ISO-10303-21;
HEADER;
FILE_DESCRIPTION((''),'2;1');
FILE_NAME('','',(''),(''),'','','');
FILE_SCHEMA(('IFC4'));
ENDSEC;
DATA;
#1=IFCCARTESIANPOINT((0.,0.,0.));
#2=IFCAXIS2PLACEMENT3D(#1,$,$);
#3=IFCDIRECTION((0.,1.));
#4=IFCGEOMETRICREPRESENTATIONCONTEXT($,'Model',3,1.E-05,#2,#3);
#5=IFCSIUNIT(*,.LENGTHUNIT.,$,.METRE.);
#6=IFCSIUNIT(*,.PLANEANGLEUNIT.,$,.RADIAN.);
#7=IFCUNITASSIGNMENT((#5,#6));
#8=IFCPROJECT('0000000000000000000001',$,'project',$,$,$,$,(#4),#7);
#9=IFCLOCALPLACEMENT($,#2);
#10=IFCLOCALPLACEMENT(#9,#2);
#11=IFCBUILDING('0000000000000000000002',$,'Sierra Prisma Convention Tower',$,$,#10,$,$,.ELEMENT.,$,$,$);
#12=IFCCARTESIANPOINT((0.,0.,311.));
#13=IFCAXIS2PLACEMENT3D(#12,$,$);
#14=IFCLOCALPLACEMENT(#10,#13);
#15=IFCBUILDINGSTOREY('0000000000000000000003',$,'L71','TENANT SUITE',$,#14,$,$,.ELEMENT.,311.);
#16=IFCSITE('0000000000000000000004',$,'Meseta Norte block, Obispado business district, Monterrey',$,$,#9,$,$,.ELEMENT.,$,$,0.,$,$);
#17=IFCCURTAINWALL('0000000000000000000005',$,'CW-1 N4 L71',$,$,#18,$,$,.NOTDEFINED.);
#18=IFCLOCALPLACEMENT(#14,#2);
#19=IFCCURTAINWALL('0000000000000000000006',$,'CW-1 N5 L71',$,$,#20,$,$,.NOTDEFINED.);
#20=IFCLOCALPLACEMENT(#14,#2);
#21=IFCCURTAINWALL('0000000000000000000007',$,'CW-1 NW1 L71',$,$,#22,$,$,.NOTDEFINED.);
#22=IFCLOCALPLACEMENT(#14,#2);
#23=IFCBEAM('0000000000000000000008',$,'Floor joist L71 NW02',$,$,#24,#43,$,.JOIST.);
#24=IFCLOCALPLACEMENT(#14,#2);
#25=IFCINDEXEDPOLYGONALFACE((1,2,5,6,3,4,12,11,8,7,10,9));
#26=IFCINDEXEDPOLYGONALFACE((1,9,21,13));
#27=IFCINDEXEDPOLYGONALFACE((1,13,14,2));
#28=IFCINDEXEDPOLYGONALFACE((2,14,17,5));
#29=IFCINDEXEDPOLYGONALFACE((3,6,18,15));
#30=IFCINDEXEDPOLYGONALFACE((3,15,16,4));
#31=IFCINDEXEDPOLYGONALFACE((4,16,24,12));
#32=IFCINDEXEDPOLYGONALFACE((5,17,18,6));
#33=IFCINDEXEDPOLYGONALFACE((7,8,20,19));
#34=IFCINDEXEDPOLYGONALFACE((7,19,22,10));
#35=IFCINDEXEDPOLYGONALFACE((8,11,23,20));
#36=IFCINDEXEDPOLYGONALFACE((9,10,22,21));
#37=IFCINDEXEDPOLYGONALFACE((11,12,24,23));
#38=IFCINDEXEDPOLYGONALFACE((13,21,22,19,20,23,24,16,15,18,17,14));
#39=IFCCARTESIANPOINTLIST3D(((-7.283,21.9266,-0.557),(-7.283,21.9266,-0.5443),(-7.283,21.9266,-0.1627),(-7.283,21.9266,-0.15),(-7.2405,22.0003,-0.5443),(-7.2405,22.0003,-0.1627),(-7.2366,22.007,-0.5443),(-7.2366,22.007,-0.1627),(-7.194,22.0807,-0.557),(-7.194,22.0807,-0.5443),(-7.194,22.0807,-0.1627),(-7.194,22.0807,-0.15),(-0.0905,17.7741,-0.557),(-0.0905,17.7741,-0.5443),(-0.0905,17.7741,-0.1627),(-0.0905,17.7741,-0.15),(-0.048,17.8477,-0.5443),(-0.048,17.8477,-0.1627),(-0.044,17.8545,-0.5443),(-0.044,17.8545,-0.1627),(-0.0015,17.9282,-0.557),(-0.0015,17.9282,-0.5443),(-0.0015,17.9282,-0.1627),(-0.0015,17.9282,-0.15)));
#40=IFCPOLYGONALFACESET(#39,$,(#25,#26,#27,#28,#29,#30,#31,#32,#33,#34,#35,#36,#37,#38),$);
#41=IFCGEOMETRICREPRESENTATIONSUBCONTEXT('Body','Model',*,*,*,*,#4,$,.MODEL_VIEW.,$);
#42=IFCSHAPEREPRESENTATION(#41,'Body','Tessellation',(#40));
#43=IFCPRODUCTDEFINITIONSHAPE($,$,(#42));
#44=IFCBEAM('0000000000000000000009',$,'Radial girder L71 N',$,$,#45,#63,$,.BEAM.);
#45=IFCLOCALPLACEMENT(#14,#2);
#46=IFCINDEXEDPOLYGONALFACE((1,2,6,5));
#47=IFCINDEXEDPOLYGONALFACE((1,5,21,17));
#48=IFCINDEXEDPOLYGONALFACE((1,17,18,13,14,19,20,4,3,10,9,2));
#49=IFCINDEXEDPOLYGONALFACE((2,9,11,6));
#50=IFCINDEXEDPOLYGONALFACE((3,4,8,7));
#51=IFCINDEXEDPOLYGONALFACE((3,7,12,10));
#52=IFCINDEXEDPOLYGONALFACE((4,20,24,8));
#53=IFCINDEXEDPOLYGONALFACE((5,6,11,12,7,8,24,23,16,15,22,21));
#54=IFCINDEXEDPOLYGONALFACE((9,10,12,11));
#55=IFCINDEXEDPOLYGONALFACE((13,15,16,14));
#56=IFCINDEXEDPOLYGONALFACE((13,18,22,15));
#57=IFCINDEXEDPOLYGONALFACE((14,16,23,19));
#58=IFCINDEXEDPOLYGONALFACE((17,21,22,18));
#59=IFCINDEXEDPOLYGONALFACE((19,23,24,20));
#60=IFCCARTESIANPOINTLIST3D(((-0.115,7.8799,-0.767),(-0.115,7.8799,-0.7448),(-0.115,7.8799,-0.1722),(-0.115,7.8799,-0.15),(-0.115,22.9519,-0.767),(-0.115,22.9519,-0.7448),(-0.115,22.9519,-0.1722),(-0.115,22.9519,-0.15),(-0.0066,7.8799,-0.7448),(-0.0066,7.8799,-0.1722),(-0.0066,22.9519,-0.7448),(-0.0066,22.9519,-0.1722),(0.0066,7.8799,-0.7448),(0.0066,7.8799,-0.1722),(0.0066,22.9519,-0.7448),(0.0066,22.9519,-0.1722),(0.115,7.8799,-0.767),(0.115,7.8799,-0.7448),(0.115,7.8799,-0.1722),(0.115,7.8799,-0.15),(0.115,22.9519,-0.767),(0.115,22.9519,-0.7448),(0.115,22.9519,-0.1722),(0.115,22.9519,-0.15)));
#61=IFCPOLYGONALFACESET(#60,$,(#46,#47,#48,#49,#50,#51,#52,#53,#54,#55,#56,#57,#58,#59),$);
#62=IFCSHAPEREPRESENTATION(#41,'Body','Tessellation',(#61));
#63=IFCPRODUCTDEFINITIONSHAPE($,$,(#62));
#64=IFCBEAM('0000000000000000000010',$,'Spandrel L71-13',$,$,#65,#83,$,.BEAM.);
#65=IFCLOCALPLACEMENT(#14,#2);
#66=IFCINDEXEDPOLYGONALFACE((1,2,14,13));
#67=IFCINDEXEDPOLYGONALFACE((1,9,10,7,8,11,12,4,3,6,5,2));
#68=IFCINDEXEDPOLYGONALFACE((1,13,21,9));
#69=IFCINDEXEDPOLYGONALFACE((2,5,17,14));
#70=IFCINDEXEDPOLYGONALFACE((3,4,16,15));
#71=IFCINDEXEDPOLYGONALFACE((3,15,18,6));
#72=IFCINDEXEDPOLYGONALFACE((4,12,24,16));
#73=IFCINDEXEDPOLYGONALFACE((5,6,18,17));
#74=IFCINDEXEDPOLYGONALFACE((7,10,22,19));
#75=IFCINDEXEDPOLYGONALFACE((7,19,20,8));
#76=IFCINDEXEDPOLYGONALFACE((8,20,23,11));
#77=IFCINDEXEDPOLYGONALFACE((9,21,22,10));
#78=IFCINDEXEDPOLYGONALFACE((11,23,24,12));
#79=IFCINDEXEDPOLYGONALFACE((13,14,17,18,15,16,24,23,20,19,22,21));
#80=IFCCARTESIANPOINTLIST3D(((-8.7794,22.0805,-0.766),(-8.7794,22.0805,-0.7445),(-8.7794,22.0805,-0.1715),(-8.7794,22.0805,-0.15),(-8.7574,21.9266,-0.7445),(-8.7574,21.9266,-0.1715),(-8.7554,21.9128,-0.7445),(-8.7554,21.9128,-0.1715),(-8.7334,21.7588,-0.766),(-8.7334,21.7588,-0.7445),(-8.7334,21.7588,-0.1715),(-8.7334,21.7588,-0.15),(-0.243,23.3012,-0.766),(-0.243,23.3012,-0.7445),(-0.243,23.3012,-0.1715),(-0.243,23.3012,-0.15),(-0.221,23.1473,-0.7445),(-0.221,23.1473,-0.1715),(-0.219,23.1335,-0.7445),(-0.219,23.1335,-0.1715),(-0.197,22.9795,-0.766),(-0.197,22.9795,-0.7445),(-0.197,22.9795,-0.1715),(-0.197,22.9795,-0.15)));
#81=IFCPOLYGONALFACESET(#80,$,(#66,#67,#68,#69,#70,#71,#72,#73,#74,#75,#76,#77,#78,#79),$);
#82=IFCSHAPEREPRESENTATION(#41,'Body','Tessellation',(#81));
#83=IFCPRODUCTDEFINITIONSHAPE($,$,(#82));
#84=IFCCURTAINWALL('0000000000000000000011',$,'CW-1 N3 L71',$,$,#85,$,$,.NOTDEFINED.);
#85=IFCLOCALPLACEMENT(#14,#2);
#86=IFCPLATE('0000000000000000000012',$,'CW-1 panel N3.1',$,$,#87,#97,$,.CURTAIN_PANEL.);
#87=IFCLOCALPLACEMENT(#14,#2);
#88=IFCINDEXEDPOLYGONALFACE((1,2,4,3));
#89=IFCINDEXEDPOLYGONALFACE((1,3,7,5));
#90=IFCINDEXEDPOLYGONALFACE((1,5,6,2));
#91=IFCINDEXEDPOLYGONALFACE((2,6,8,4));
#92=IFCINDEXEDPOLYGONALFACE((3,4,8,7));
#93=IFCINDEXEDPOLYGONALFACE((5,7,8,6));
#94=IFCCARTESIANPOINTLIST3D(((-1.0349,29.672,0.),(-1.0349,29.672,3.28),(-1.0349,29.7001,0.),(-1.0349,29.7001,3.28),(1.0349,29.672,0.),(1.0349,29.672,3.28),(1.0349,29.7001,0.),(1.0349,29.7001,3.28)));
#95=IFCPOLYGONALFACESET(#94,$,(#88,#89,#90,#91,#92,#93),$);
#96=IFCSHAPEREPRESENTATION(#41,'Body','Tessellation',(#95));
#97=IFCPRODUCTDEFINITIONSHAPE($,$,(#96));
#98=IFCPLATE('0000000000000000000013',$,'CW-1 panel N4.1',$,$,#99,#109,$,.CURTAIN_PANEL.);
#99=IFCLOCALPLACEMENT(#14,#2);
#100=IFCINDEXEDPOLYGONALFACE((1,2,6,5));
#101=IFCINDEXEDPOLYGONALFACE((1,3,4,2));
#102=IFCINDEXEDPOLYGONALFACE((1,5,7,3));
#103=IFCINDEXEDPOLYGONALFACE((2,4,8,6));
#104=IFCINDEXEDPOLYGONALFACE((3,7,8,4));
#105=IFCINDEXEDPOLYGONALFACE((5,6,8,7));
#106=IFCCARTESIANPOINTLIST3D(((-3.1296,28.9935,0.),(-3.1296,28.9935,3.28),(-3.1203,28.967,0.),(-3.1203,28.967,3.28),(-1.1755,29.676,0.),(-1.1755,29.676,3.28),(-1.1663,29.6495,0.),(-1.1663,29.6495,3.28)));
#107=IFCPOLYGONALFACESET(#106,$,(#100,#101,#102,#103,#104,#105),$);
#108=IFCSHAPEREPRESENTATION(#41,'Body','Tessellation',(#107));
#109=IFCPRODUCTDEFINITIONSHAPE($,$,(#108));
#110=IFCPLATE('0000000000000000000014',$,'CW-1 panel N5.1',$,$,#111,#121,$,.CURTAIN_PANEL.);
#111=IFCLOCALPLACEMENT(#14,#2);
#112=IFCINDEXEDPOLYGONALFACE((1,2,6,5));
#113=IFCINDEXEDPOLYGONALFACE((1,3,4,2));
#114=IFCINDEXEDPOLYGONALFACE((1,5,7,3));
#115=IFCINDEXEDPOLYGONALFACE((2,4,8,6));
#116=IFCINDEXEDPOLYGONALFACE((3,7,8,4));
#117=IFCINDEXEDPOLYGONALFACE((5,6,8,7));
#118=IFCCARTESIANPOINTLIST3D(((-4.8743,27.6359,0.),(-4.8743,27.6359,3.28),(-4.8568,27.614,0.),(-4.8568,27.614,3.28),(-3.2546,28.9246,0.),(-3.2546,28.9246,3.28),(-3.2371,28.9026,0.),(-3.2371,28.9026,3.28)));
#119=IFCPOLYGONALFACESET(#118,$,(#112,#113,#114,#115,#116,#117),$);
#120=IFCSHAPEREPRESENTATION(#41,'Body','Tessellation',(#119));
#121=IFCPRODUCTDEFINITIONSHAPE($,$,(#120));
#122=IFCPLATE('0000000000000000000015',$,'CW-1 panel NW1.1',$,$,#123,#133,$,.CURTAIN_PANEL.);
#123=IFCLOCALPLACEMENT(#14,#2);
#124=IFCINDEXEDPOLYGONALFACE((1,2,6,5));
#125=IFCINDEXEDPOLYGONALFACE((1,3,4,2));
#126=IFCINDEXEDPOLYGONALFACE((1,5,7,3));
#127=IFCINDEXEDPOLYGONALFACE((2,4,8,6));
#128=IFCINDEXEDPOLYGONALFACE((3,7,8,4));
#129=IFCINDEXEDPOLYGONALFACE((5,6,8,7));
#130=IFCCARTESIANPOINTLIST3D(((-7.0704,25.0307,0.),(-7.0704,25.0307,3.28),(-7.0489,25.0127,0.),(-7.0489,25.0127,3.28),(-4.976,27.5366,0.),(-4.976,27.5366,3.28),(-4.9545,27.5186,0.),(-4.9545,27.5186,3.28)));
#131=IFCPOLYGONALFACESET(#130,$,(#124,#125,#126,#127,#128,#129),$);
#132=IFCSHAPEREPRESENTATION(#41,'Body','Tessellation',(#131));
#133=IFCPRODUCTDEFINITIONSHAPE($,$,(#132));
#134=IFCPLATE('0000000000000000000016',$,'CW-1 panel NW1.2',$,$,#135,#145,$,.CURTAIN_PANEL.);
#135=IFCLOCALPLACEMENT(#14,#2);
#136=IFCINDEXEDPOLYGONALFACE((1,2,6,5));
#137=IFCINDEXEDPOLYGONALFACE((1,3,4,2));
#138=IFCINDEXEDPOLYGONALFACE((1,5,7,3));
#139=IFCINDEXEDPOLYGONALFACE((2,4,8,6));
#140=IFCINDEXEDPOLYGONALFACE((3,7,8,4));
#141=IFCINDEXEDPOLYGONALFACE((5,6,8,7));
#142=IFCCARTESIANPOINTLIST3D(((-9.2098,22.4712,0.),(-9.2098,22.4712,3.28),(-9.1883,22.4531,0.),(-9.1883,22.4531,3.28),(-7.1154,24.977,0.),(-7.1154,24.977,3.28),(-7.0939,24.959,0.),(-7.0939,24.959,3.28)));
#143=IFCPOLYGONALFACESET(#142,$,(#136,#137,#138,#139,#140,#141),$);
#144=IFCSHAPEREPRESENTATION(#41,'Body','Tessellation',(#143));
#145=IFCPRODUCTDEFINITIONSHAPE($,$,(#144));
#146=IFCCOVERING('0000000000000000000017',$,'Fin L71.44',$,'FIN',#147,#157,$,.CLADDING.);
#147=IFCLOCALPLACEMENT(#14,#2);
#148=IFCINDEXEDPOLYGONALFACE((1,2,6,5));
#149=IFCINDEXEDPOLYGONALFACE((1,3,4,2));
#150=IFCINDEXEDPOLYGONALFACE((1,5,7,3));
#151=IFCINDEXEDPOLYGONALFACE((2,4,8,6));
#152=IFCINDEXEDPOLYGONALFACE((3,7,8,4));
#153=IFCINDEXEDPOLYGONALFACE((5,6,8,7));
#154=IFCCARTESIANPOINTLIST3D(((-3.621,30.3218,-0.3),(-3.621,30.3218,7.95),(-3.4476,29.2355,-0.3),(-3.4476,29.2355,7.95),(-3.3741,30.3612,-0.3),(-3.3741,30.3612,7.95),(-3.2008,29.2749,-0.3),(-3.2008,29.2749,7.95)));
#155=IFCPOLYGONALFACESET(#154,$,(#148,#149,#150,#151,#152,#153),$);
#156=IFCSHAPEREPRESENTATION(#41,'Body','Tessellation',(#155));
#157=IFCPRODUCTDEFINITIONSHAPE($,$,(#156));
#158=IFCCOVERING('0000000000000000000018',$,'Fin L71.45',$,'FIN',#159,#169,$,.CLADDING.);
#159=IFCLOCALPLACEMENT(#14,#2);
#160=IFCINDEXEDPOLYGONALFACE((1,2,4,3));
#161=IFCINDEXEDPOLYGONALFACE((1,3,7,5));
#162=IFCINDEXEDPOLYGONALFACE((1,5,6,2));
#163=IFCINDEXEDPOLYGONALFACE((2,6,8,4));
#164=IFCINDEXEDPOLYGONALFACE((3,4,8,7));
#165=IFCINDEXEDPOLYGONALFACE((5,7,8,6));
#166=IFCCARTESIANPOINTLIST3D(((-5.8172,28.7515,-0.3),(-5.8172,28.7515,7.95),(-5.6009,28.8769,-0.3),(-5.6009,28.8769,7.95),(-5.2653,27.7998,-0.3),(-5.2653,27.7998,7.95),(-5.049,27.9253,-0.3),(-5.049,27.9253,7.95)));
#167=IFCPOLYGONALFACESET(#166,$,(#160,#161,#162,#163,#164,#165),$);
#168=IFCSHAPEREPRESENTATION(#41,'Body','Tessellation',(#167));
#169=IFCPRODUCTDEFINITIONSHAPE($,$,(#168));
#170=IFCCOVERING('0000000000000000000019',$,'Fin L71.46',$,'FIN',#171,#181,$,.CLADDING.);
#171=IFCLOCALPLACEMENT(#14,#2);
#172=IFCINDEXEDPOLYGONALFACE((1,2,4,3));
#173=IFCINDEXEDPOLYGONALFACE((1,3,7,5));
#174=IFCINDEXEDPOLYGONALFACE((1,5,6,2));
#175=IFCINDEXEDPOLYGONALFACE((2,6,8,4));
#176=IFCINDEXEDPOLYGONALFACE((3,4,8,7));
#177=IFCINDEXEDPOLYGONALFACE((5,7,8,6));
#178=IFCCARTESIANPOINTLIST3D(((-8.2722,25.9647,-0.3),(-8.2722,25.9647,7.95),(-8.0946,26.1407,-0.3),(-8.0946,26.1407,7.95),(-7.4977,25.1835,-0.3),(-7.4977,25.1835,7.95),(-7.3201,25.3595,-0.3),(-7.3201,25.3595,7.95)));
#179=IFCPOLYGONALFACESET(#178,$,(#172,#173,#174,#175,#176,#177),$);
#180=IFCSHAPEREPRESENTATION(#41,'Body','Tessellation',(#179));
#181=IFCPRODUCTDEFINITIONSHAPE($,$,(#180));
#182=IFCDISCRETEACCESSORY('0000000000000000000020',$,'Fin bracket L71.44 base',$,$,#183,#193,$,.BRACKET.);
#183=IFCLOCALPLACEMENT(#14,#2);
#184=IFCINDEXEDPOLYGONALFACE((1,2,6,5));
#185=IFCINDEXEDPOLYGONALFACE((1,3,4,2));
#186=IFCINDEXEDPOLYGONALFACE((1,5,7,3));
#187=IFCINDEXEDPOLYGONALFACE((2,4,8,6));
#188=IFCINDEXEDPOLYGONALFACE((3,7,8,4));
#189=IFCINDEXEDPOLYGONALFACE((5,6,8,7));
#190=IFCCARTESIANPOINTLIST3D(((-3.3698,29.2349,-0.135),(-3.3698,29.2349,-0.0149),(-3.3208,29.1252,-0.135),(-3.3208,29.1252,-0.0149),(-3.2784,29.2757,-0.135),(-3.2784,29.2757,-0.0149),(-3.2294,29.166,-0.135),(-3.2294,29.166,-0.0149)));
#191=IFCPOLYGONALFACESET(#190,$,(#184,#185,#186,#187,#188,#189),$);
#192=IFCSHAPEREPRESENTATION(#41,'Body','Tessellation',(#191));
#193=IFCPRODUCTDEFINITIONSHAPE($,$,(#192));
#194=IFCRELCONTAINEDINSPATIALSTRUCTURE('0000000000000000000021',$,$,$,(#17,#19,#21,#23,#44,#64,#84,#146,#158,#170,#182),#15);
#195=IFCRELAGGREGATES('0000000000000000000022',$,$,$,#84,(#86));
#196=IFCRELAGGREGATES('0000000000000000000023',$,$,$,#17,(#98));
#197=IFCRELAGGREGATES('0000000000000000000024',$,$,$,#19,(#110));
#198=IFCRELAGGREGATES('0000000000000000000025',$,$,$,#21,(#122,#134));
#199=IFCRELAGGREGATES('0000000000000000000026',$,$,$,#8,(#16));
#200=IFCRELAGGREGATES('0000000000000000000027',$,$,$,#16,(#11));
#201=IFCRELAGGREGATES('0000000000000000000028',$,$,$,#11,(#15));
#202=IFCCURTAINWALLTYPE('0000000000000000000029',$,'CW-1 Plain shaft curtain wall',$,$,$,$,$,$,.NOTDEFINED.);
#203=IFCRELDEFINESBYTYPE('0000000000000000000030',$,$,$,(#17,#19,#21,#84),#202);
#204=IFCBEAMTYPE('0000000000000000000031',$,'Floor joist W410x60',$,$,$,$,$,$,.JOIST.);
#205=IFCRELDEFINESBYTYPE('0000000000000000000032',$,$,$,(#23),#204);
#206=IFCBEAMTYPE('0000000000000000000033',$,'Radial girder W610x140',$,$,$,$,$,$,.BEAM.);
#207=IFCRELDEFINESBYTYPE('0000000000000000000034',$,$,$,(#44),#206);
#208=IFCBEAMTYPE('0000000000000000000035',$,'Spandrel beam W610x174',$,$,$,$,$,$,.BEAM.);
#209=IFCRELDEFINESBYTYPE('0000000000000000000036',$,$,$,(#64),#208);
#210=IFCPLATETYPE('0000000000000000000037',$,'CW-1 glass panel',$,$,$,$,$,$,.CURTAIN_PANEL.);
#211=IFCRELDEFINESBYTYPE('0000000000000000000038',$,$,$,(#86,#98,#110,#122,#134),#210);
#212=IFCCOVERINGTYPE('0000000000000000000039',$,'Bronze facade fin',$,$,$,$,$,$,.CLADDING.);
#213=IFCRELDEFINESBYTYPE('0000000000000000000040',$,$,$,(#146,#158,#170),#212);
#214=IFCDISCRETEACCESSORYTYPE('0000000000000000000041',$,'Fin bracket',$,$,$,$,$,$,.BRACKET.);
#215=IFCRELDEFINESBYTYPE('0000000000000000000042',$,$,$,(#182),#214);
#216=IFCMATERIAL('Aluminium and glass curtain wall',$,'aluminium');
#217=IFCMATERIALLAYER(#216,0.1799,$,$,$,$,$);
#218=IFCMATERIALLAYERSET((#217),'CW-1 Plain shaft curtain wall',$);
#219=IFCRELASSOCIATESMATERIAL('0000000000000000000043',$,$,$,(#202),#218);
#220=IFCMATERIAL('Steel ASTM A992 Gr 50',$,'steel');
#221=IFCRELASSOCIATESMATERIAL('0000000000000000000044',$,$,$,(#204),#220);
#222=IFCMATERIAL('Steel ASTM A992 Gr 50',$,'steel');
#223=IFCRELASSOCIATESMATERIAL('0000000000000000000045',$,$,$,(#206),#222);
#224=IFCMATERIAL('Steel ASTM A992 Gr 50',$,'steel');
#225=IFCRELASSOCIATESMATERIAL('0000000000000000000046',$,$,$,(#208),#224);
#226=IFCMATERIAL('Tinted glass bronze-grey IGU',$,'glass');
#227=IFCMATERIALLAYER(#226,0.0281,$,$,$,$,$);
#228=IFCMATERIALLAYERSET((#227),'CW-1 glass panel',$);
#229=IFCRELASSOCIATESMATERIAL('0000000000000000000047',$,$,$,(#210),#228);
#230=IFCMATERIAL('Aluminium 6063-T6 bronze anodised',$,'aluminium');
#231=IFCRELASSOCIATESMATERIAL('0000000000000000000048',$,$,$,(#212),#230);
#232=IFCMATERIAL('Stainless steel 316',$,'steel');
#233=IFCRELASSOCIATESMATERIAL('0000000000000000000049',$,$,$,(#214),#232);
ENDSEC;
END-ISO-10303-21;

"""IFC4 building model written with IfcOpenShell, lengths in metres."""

from ifc_helpers import new_model, si_unit, direction, frame, origin, origin_2d, place, context, subcontext, project, spatial, rectangle, i_section, extrude, material, layer, layer_set, material_profile, profile_set, type_object, element, aggregate, save


model = new_model("IFC4")

# Units and contexts
model_context = context("Model", 3, precision=1e-05, world=origin(), true_north=direction((0.0, 1.0)))
body_context = subcontext(model_context, "Body", "Model", "MODEL_VIEW")
ifc_project = project(units=[si_unit("LENGTHUNIT", "METRE"), si_unit("PLANEANGLEUNIT", "RADIAN")], contexts=[model_context])

# Site, building, storey
site_placement = place(None, origin())
site = spatial("IfcSite", under=ifc_project, at=site_placement, Name="Meseta Norte block, Obispado business district, Monterrey", CompositionType="ELEMENT", RefElevation=0.0)
building_placement = place(site_placement, origin())
building = spatial("IfcBuilding", under=site, at=building_placement, Name="Sierra Prisma Convention Tower", CompositionType="ELEMENT")
storey_placement = place(building_placement, frame((0.0, 0.0, 311.0)))
storey = spatial("IfcBuildingStorey", under=building, at=storey_placement, Name="L71", Description="TENANT SUITE", CompositionType="ELEMENT", Elevation=311.0)

# Curtain walls
ifc_material_1 = material(Name="Aluminium and glass curtain wall", Category="aluminium")
ifc_layer_1 = layer(ifc_material_1, 0.1799)
ifc_layer_set_1 = layer_set([ifc_layer_1], Name="CW-1 Plain shaft curtain wall")
curtain_wall_type = type_object("IfcCurtainWallType", Name="CW-1 Plain shaft curtain wall", PredefinedType="NOTDEFINED", material=ifc_layer_set_1)
curtain_wall_1_placement = place(storey_placement, origin())
curtain_wall_1 = element("IfcCurtainWall", 1, at=curtain_wall_1_placement, inside=storey, type_object=curtain_wall_type, Name="CW-1 N4 L71", PredefinedType="NOTDEFINED")
curtain_wall_2_placement = place(storey_placement, origin())
curtain_wall_2 = element("IfcCurtainWall", 2, at=curtain_wall_2_placement, inside=storey, type_object=curtain_wall_type, Name="CW-1 N5 L71", PredefinedType="NOTDEFINED")

# Curtain wall
curtain_wall_3_placement = place(storey_placement, origin())
curtain_wall_3 = element("IfcCurtainWall", 3, at=curtain_wall_3_placement, inside=storey, type_object=curtain_wall_type, Name="CW-1 NW1 L71", PredefinedType="NOTDEFINED")

# Beams
ifc_material_2 = material(Name="Steel ASTM A992 Gr 50", Category="steel")
ifc_material_profile_1 = material_profile(ifc_material_2, i_section(OverallWidth=0.178, OverallDepth=0.407, WebThickness=0.0078, FlangeThickness=0.0127, at=origin_2d()), Name="W410x60")
ifc_profile_set_1 = profile_set([ifc_material_profile_1], Name="Steel ASTM A992 Gr 50")
beam_type_1 = type_object("IfcBeamType", Name="Floor joist W410x60", PredefinedType="JOIST", material=ifc_profile_set_1)
beam_1_placement = place(storey_placement, frame((-7.2385, 22.0037, -0.3535), z_axis=(0.866029, -0.499993, 0.0), x_axis=(0.499993, 0.866029, 0.0)))
element("IfcBeam", 4, at=beam_1_placement, inside=storey, type_object=beam_type_1, Name="Floor joist L71 NW02", PredefinedType="JOIST", context=body_context, shape_type="SweptSolid", body=[
    extrude(i_section(OverallWidth=0.178, OverallDepth=0.407, WebThickness=0.0078, FlangeThickness=0.0127, at=origin_2d()), origin(), (0.0, 0.0, 1.0), 8.3052),
])
ifc_material_3 = material(Name="Steel ASTM A992 Gr 50", Category="steel")
ifc_material_profile_2 = material_profile(ifc_material_3, i_section(OverallWidth=0.23, OverallDepth=0.6169, WebThickness=0.0132, FlangeThickness=0.0222, at=origin_2d()), Name="W610x140")
ifc_profile_set_2 = profile_set([ifc_material_profile_2], Name="Steel ASTM A992 Gr 50")
beam_type_2 = type_object("IfcBeamType", Name="Radial girder W610x140", PredefinedType="BEAM", material=ifc_profile_set_2)
beam_2_placement = place(storey_placement, frame((0.0, 22.9519, -0.4585), z_axis=(0.0, -1.0, 0.0), x_axis=(1.0, 0.0, 0.0)))
element("IfcBeam", 5, at=beam_2_placement, inside=storey, type_object=beam_type_2, Name="Radial girder L71 N", PredefinedType="BEAM", context=body_context, shape_type="SweptSolid", body=[
    extrude(i_section(OverallWidth=0.23, OverallDepth=0.6169, WebThickness=0.0132, FlangeThickness=0.0222, at=origin_2d()), origin(), (0.0, 0.0, 1.0), 15.072),
])
ifc_material_4 = material(Name="Steel ASTM A992 Gr 50", Category="steel")
ifc_material_profile_3 = material_profile(ifc_material_4, i_section(OverallWidth=0.325, OverallDepth=0.616, WebThickness=0.0139, FlangeThickness=0.0215, at=origin_2d()), Name="W610x174")
ifc_profile_set_3 = profile_set([ifc_material_profile_3], Name="Steel ASTM A992 Gr 50")
beam_type_3 = type_object("IfcBeamType", Name="Spandrel beam W610x174", PredefinedType="BEAM", material=ifc_profile_set_3)
beam_3_placement = place(storey_placement, frame((-0.22, 23.1404, -0.458), z_axis=(-0.98993, -0.14156, 0.0), x_axis=(0.14156, -0.98993, 0.0)))
element("IfcBeam", 6, at=beam_3_placement, inside=storey, type_object=beam_type_3, Name="Spandrel L71-13", PredefinedType="BEAM", context=body_context, shape_type="SweptSolid", body=[
    extrude(i_section(OverallWidth=0.325, OverallDepth=0.616, WebThickness=0.0139, FlangeThickness=0.0215, at=origin_2d()), origin(), (0.0, 0.0, 1.0), 8.6233),
])

# Curtain wall, plate
curtain_wall_4_placement = place(storey_placement, origin())
curtain_wall_4 = element("IfcCurtainWall", 7, at=curtain_wall_4_placement, inside=storey, type_object=curtain_wall_type, Name="CW-1 N3 L71", PredefinedType="NOTDEFINED")
ifc_material_5 = material(Name="Tinted glass bronze-grey IGU", Category="glass")
ifc_layer_2 = layer(ifc_material_5, 0.0281)
ifc_layer_set_2 = layer_set([ifc_layer_2], Name="CW-1 glass panel")
plate_type = type_object("IfcPlateType", Name="CW-1 glass panel", PredefinedType="CURTAIN_PANEL", material=ifc_layer_set_2)
plate_1_placement = place(storey_placement, frame((0.0, 29.686, 0.0), z_axis=(0.0, 0.0, 1.0), x_axis=(-1.0, 0.0, 0.0)))
plate_1 = element("IfcPlate", 8, at=plate_1_placement, type_object=plate_type, Name="CW-1 panel N3.1", PredefinedType="CURTAIN_PANEL", context=body_context, shape_type="SweptSolid", body=[
    extrude(rectangle(XDim=2.0698, YDim=0.0281, at=origin_2d()), origin(), (0.0, 0.0, 1.0), 3.28),
])
aggregate(curtain_wall_4, [plate_1])

# Plates
plate_2_placement = place(storey_placement, frame((-2.1479, 29.3215, 0.0), z_axis=(0.0, 0.0, 1.0), x_axis=(-0.944069, -0.329748, 0.0)))
plate_2 = element("IfcPlate", 9, at=plate_2_placement, type_object=plate_type, Name="CW-1 panel N4.1", PredefinedType="CURTAIN_PANEL", context=body_context, shape_type="SweptSolid", body=[
    extrude(rectangle(XDim=2.0698, YDim=0.0281, at=origin_2d()), origin(), (0.0, 0.0, 1.0), 3.28),
])
aggregate(curtain_wall_1, [plate_2])
plate_3_placement = place(storey_placement, frame((-4.0557, 28.2693, 0.0), z_axis=(0.0, 0.0, 1.0), x_axis=(-0.782533, -0.62261, 0.0)))
plate_3 = element("IfcPlate", 10, at=plate_3_placement, type_object=plate_type, Name="CW-1 panel N5.1", PredefinedType="CURTAIN_PANEL", context=body_context, shape_type="SweptSolid", body=[
    extrude(rectangle(XDim=2.0698, YDim=0.0281, at=origin_2d()), origin(), (0.0, 0.0, 1.0), 3.28),
])
aggregate(curtain_wall_2, [plate_3])
plate_4_placement = place(storey_placement, frame((-6.0125, 26.2747, 0.0), z_axis=(0.0, 0.0, 1.0), x_axis=(-0.641297, -0.767293, 0.0)))
plate_4 = element("IfcPlate", 11, at=plate_4_placement, type_object=plate_type, Name="CW-1 panel NW1.1", PredefinedType="CURTAIN_PANEL", context=body_context, shape_type="SweptSolid", body=[
    extrude(rectangle(XDim=3.2659, YDim=0.0281, at=origin_2d()), origin(), (0.0, 0.0, 1.0), 3.28),
])
plate_5_placement = place(storey_placement, frame((-8.1519, 23.7151, 0.0), z_axis=(0.0, 0.0, 1.0), x_axis=(-0.641297, -0.767293, 0.0)))
plate_5 = element("IfcPlate", 12, at=plate_5_placement, type_object=plate_type, Name="CW-1 panel NW1.2", PredefinedType="CURTAIN_PANEL", context=body_context, shape_type="SweptSolid", body=[
    extrude(rectangle(XDim=3.2659, YDim=0.0281, at=origin_2d()), origin(), (0.0, 0.0, 1.0), 3.28),
])
aggregate(curtain_wall_3, [plate_4, plate_5])

# Coverings
ifc_material_6 = material(Name="Aluminium 6063-T6 bronze anodised", Category="aluminium")
ifc_material_profile_4 = material_profile(ifc_material_6, rectangle(XDim=1.1001, YDim=0.25, at=origin_2d()), Name="ALU FIN 1100x250")
ifc_profile_set_4 = profile_set([ifc_material_profile_4], Name="Aluminium 6063-T6 bronze anodised")
covering_type = type_object("IfcCoveringType", Name="Bronze facade fin", PredefinedType="CLADDING", material=ifc_profile_set_4)
for number, where, z_axis, x_axis, name in (
    (13, (-3.4109, 29.7983, -0.3), (0.0, 0.0, 1.0), (-0.157587, 0.987505, 0.0), "Fin L71.44"),
    (14, (-5.4331, 28.3384, -0.3), (0.0, 0.0, 1.0), (-0.501683, 0.865052, 0.0), "Fin L71.45"),
    (15, (-7.7961, 25.6621, -0.3), (0.0, 0.0, 1.0), (-0.704037, 0.710163, 0.0), "Fin L71.46"),
):
    element("IfcCovering", number, at=place(storey_placement, frame(where, z_axis=z_axis, x_axis=x_axis)), inside=storey, type_object=covering_type, Name=name, ObjectType="FIN", PredefinedType="CLADDING", context=body_context, shape_type="SweptSolid", body=[
        extrude(rectangle(XDim=1.1001, YDim=0.25, at=origin_2d()), origin(), (0.0, 0.0, 1.0), 8.25),
    ])

# Discrete accessory
ifc_material_7 = material(Name="Stainless steel 316", Category="steel")
discrete_accessory_type = type_object("IfcDiscreteAccessoryType", Name="Fin bracket", PredefinedType="BRACKET", material=ifc_material_7)
for number, where, z_axis, x_axis, name in (
    (16, (-3.2996, 29.2004, -0.135), (0.0, 0.0, 1.0), (-0.407802, 0.91307, 0.0), "Fin bracket L71.44 base"),
):
    element("IfcDiscreteAccessory", number, at=place(storey_placement, frame(where, z_axis=z_axis, x_axis=x_axis)), inside=storey, type_object=discrete_accessory_type, Name=name, PredefinedType="BRACKET", context=body_context, shape_type="SweptSolid", body=[
        extrude(rectangle(XDim=0.1201, YDim=0.1001, at=origin_2d()), origin(), (0.0, 0.0, 1.0), 0.1201),
    ])

save(model, "model.ifc")
